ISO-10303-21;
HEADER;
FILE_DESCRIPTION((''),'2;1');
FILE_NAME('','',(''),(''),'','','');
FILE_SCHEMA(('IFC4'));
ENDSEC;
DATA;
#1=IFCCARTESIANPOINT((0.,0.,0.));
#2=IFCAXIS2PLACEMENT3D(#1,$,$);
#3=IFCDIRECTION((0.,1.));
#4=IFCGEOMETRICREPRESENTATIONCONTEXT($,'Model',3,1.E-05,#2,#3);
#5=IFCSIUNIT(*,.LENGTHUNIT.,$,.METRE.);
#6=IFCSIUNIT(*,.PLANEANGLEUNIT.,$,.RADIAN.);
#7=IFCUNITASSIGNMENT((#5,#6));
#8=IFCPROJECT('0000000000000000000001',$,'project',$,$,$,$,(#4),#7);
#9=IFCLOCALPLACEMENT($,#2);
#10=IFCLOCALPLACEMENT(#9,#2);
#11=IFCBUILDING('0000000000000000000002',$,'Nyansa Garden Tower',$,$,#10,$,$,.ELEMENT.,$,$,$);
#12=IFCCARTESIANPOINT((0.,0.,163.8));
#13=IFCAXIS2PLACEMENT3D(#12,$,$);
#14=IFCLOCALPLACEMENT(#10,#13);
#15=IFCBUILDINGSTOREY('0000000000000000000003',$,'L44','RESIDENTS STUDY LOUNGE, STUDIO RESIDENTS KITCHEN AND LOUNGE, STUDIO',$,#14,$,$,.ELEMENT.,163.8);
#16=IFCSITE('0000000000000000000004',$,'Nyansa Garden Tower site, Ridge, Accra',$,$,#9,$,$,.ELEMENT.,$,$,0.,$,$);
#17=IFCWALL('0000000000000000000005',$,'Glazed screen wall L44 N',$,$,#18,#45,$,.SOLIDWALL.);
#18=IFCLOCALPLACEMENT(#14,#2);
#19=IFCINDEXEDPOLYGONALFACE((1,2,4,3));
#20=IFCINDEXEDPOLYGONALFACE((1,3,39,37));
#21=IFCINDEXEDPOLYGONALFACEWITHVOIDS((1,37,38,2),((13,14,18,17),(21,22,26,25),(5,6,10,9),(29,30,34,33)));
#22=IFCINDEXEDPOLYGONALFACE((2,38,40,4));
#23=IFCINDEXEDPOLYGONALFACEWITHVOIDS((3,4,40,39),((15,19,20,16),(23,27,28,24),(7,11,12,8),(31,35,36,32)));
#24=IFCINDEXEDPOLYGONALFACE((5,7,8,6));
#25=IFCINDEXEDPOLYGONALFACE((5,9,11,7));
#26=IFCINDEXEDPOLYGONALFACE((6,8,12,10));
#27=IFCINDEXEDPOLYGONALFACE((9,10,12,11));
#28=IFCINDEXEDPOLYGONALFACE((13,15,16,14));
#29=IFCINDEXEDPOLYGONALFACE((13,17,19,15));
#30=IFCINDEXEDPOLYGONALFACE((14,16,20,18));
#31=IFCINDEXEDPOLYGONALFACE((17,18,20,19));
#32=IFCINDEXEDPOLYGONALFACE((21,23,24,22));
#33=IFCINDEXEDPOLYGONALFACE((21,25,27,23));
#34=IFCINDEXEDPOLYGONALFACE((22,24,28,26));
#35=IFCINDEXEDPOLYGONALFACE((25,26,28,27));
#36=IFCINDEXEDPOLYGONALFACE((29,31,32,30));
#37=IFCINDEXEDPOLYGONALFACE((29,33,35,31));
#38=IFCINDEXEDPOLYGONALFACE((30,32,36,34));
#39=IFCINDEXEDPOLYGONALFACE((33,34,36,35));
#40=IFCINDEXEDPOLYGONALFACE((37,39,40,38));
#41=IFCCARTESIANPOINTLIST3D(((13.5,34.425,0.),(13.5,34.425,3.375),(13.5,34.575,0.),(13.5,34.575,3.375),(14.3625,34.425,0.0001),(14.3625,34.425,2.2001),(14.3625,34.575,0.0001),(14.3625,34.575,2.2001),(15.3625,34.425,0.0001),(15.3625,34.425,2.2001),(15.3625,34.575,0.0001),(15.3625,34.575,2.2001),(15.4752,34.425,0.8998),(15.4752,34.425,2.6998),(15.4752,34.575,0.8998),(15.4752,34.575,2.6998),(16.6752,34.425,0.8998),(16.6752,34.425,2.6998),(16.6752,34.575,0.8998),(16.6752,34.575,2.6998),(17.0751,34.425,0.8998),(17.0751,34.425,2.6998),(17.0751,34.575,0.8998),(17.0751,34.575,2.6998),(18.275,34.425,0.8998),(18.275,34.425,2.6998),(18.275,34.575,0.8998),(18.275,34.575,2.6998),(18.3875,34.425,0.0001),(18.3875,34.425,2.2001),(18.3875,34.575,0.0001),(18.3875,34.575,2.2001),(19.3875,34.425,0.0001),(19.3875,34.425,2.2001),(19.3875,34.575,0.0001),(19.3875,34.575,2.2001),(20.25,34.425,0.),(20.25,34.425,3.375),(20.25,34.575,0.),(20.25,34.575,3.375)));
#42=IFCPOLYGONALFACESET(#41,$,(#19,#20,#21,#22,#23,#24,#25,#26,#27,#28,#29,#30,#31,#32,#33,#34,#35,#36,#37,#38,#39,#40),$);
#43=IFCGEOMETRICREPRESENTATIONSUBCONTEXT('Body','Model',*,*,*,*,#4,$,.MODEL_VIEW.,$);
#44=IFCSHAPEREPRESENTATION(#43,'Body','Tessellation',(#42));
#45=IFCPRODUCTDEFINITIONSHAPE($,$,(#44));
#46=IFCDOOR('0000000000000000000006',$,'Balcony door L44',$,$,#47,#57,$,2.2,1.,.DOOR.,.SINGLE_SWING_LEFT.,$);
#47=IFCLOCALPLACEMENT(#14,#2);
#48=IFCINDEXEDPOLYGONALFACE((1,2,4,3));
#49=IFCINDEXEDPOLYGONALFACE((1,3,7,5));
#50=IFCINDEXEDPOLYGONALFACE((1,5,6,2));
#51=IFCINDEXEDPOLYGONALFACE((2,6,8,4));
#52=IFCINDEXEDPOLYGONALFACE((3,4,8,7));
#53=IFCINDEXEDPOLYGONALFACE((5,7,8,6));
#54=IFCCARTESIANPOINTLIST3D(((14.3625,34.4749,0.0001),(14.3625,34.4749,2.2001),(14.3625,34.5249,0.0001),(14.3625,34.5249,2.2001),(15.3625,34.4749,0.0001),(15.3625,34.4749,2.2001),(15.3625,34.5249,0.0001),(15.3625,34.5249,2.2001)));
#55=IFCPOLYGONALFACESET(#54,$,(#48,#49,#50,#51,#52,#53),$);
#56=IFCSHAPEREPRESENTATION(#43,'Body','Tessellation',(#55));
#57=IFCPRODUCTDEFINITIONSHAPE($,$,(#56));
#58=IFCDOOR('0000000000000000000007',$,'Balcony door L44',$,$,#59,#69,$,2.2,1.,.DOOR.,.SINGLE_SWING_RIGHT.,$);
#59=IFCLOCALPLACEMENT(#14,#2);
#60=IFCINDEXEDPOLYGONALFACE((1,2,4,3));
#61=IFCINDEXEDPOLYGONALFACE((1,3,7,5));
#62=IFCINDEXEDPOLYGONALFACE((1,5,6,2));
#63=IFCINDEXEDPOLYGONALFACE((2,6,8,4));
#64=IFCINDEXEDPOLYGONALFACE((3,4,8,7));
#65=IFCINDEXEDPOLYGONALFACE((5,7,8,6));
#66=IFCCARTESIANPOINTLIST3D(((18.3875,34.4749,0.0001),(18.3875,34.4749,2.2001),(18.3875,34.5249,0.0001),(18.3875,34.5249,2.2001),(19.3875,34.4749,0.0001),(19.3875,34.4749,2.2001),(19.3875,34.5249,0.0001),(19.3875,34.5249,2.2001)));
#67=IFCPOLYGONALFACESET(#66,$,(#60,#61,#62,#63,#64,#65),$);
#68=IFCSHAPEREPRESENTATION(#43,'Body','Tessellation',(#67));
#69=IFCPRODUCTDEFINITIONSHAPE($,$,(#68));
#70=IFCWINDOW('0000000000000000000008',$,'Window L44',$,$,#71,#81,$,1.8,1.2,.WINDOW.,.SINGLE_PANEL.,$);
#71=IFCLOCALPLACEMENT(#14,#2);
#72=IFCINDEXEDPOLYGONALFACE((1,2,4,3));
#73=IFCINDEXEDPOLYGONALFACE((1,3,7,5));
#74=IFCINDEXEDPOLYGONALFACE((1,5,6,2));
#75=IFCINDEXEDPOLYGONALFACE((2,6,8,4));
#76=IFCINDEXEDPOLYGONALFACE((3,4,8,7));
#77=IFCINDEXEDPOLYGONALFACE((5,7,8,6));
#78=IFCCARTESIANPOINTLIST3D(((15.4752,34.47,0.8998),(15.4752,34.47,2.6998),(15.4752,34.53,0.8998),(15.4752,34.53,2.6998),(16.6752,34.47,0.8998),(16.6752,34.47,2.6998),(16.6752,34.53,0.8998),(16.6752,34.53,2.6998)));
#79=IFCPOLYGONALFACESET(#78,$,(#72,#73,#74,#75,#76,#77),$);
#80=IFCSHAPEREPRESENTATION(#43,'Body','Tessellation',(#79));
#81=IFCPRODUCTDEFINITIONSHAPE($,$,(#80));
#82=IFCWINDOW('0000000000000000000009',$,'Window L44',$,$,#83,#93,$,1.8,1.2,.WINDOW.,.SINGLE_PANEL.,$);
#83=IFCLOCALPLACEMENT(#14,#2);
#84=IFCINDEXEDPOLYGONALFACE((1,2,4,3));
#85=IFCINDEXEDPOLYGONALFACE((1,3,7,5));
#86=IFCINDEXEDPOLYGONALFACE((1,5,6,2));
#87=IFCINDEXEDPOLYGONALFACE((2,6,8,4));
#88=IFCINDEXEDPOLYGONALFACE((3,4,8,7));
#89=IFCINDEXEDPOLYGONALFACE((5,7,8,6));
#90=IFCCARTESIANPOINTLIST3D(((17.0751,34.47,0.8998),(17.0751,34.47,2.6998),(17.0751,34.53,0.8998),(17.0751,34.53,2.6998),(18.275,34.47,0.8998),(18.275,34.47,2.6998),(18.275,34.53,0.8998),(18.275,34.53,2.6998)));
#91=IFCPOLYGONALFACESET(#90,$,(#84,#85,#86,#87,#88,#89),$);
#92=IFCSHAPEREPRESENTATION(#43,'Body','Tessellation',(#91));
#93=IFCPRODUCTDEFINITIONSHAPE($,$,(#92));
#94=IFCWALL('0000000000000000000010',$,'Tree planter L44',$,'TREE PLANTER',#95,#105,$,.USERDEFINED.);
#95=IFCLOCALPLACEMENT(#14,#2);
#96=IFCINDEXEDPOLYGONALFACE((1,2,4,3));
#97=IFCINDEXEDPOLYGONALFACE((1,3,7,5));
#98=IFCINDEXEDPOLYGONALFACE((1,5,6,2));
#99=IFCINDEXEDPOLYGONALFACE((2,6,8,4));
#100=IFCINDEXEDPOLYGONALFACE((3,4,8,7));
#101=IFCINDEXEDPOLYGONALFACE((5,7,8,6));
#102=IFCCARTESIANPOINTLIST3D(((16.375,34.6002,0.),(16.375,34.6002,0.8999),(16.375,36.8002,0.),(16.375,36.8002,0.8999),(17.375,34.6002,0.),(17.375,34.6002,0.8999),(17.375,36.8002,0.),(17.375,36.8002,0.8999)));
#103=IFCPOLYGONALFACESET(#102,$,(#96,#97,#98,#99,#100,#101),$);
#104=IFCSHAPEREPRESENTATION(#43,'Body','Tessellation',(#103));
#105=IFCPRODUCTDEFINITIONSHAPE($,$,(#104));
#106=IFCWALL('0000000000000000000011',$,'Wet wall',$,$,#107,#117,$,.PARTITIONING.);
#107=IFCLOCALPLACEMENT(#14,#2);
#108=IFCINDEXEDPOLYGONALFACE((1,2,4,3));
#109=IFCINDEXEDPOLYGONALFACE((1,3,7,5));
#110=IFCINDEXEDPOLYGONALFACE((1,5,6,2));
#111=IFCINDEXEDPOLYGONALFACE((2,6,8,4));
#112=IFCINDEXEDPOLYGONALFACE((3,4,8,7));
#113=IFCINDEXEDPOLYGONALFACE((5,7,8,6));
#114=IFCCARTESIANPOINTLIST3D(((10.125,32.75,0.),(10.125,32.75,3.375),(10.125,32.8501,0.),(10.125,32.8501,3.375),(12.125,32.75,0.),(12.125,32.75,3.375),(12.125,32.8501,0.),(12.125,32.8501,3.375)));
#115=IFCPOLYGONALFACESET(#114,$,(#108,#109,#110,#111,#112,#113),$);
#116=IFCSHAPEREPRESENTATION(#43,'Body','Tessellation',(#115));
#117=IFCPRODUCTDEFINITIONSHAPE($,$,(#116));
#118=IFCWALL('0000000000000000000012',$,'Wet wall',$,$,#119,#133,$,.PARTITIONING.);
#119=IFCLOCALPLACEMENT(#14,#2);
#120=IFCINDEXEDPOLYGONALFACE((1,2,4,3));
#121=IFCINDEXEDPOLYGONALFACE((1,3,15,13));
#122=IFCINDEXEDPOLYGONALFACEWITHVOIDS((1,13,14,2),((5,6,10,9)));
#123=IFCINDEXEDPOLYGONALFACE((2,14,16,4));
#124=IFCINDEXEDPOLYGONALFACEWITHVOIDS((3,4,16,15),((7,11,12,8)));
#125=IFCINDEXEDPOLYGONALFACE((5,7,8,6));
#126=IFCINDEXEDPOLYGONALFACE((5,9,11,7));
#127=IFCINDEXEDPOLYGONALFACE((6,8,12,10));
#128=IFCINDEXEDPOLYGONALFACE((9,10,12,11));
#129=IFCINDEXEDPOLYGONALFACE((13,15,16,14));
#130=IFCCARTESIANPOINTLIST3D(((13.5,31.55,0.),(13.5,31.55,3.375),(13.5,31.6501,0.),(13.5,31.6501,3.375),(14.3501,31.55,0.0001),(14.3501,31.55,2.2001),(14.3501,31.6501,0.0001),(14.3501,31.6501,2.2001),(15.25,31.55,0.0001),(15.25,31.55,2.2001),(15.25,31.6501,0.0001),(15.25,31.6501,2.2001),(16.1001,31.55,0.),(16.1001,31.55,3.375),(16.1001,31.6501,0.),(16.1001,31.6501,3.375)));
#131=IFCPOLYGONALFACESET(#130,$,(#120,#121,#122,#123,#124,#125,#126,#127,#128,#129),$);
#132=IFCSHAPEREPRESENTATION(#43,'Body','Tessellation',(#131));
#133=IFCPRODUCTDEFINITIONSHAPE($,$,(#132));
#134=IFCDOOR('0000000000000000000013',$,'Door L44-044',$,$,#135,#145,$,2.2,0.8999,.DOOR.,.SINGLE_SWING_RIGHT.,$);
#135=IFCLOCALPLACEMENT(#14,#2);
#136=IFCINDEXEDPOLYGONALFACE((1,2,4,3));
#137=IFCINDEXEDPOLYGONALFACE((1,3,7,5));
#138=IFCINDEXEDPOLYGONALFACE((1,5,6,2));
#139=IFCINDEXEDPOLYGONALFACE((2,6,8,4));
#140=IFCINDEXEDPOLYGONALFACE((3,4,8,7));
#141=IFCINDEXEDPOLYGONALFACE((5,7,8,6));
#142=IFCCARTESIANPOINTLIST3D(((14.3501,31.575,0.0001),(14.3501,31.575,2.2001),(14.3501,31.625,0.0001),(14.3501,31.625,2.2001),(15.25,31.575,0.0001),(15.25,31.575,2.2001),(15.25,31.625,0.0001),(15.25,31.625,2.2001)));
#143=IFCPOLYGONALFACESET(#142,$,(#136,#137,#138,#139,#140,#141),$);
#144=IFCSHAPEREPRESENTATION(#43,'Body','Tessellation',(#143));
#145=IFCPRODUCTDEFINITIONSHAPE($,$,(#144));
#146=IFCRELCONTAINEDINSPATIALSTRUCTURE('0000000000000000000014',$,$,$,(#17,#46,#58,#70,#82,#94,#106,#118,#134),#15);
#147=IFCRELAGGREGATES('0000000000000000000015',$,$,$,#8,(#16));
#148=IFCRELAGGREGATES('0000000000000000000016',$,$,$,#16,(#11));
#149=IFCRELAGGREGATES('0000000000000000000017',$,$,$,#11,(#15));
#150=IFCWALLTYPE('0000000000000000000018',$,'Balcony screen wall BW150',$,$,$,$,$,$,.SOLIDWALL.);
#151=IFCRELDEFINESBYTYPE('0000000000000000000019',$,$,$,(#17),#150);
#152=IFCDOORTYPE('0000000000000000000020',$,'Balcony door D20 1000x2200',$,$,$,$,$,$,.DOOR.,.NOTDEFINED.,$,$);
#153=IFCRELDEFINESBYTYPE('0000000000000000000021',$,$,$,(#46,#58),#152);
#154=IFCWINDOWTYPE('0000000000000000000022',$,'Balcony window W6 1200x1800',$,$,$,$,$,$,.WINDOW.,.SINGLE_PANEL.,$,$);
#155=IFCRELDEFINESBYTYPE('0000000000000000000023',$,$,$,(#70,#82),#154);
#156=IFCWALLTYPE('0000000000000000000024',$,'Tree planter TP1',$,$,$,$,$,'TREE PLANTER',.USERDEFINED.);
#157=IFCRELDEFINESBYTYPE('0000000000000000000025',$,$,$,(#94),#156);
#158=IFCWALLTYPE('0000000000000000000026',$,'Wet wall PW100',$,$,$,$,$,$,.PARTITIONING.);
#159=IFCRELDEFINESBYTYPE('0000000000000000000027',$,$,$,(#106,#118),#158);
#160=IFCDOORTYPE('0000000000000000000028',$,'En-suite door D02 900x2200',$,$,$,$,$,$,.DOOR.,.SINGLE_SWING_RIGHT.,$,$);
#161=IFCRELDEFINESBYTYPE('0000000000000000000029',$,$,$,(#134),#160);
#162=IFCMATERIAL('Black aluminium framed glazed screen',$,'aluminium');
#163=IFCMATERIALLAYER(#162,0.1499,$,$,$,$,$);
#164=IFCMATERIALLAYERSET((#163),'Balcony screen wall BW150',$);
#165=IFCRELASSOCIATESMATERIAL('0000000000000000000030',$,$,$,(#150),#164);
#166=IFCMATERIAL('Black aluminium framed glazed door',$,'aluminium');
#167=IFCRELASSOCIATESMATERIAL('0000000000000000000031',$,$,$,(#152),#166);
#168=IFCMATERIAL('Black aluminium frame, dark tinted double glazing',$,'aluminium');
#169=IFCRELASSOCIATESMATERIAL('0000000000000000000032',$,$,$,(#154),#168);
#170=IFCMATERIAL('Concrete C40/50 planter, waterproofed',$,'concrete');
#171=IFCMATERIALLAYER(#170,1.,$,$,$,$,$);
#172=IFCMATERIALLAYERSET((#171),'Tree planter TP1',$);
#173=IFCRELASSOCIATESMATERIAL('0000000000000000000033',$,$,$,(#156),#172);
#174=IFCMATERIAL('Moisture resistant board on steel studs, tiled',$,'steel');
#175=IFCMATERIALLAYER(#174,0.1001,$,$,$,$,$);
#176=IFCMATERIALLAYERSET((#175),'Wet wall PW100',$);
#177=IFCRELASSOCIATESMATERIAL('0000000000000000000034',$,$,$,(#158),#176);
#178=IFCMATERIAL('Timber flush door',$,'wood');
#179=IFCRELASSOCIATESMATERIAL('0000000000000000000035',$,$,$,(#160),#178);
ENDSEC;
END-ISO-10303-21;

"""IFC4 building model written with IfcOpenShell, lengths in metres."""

from ifc_helpers import new_model, si_unit, direction, frame, frame_2d, origin, place, context, subcontext, project, spatial, rectangle, extrude, material, layer, layer_set, type_object, element, fill, save


model = new_model("IFC4")

# Units and contexts
model_context = context("Model", 3, precision=1e-05, world=origin(), true_north=direction((0.0, 1.0)))
body_context = subcontext(model_context, "Body", "Model", "MODEL_VIEW")
ifc_project = project(units=[si_unit("LENGTHUNIT", "METRE"), si_unit("PLANEANGLEUNIT", "RADIAN")], contexts=[model_context])

# Site, building, storey
site_placement = place(None, origin())
site = spatial("IfcSite", under=ifc_project, at=site_placement, Name="Nyansa Garden Tower site, Ridge, Accra", CompositionType="ELEMENT", RefElevation=0.0)
building_placement = place(site_placement, origin())
building = spatial("IfcBuilding", under=site, at=building_placement, Name="Nyansa Garden Tower", CompositionType="ELEMENT")
storey_placement = place(building_placement, frame((0.0, 0.0, 163.8)))
storey = spatial("IfcBuildingStorey", under=building, at=storey_placement, Name="L44", Description="RESIDENTS STUDY LOUNGE, STUDIO RESIDENTS KITCHEN AND LOUNGE, STUDIO", CompositionType="ELEMENT", Elevation=163.8)

# Wall, openings, doors, windows
ifc_material_1 = material(Name="Black aluminium framed glazed screen", Category="aluminium")
ifc_layer_1 = layer(ifc_material_1, 0.1499)
ifc_layer_set_1 = layer_set([ifc_layer_1], Name="Balcony screen wall BW150")
wall_type_1 = type_object("IfcWallType", Name="Balcony screen wall BW150", PredefinedType="SOLIDWALL", material=ifc_layer_set_1)
wall_1_placement = place(storey_placement, frame((13.5, 34.5, 0.0), z_axis=(0.0, 0.0, 1.0), x_axis=(1.0, 0.0, 0.0)))
wall_1 = element("IfcWall", 1, at=wall_1_placement, inside=storey, type_object=wall_type_1, Name="Glazed screen wall L44 N", PredefinedType="SOLIDWALL", context=body_context, shape_type="SweptSolid", body=[
    extrude(rectangle(XDim=6.75, YDim=0.1499, at=frame_2d((3.375, 0.0))), origin(), (0.0, 0.0, 1.0), 3.375),
])
opening_1_placement = place(wall_1_placement, frame((0.8625, 0.0, 0.0)))
opening_1 = element("IfcOpeningElement", 2, at=opening_1_placement, cuts=wall_1, PredefinedType="OPENING", context=body_context, shape_type="SweptSolid", body=[
    extrude(rectangle(XDim=1.0, YDim=2.2, at=frame_2d((0.5, 1.1001))), frame((0.0, 0.085, 0.0), z_axis=(0.0, -1.0, 0.0), x_axis=(1.0, 0.0, 0.0)), (0.0, 0.0, 1.0), 0.1699),
])
opening_2_placement = place(wall_1_placement, frame((1.9751, 0.0, 0.8999)))
opening_2 = element("IfcOpeningElement", 3, at=opening_2_placement, cuts=wall_1, PredefinedType="OPENING", context=body_context, shape_type="SweptSolid", body=[
    extrude(rectangle(XDim=1.2, YDim=1.8, at=frame_2d((0.6001, 0.8999))), frame((0.0, 0.085, 0.0), z_axis=(0.0, -1.0, 0.0), x_axis=(1.0, 0.0, 0.0)), (0.0, 0.0, 1.0), 0.1699),
])
opening_3_placement = place(wall_1_placement, frame((4.8875, 0.0, 0.0)))
opening_3 = element("IfcOpeningElement", 4, at=opening_3_placement, cuts=wall_1, PredefinedType="OPENING", context=body_context, shape_type="SweptSolid", body=[
    extrude(rectangle(XDim=1.0, YDim=2.2, at=frame_2d((0.5, 1.1001))), frame((0.0, 0.085, 0.0), z_axis=(0.0, -1.0, 0.0), x_axis=(1.0, 0.0, 0.0)), (0.0, 0.0, 1.0), 0.1699),
])
opening_4_placement = place(wall_1_placement, frame((3.575, 0.0, 0.8999)))
opening_4 = element("IfcOpeningElement", 5, at=opening_4_placement, cuts=wall_1, PredefinedType="OPENING", context=body_context, shape_type="SweptSolid", body=[
    extrude(rectangle(XDim=1.2, YDim=1.8, at=frame_2d((0.6001, 0.8999))), frame((0.0, 0.085, 0.0), z_axis=(0.0, -1.0, 0.0), x_axis=(1.0, 0.0, 0.0)), (0.0, 0.0, 1.0), 0.1699),
])
ifc_material_2 = material(Name="Black aluminium framed glazed door", Category="aluminium")
door_type_1 = type_object("IfcDoorType", Name="Balcony door D20 1000x2200", OperationType="NOTDEFINED", PredefinedType="DOOR", material=ifc_material_2)
door_1_placement = place(opening_1_placement, origin())
door_1 = element("IfcDoor", 6, at=door_1_placement, inside=storey, type_object=door_type_1, Name="Balcony door L44", OperationType="SINGLE_SWING_LEFT", OverallHeight=2.2, OverallWidth=1.0, PredefinedType="DOOR", context=body_context, shape_type="SweptSolid", body=[
    extrude(rectangle(XDim=1.0, YDim=2.2, at=frame_2d((0.5, 1.1001))), frame((0.0, 0.0249, 0.0), z_axis=(0.0, -1.0, 0.0), x_axis=(1.0, 0.0, 0.0)), (0.0, 0.0, 1.0), 0.05),
])
fill(opening_1, door_1)
door_2_placement = place(opening_3_placement, origin())
door_2 = element("IfcDoor", 7, at=door_2_placement, inside=storey, type_object=door_type_1, Name="Balcony door L44", OperationType="SINGLE_SWING_RIGHT", OverallHeight=2.2, OverallWidth=1.0, PredefinedType="DOOR", context=body_context, shape_type="SweptSolid", body=[
    extrude(rectangle(XDim=1.0, YDim=2.2, at=frame_2d((0.5, 1.1001))), frame((0.0, 0.0249, 0.0), z_axis=(0.0, -1.0, 0.0), x_axis=(1.0, 0.0, 0.0)), (0.0, 0.0, 1.0), 0.05),
])
fill(opening_3, door_2)
ifc_material_3 = material(Name="Black aluminium frame, dark tinted double glazing", Category="aluminium")
window_type = type_object("IfcWindowType", Name="Balcony window W6 1200x1800", PartitioningType="SINGLE_PANEL", PredefinedType="WINDOW", material=ifc_material_3)
window_1_placement = place(opening_2_placement, origin())
window_1 = element("IfcWindow", 8, at=window_1_placement, inside=storey, type_object=window_type, Name="Window L44", OverallHeight=1.8, OverallWidth=1.2, PartitioningType="SINGLE_PANEL", PredefinedType="WINDOW", context=body_context, shape_type="SweptSolid", body=[
    extrude(rectangle(XDim=1.2, YDim=1.8, at=frame_2d((0.6001, 0.8999))), frame((0.0, 0.03, 0.0), z_axis=(0.0, -1.0, 0.0), x_axis=(1.0, 0.0, 0.0)), (0.0, 0.0, 1.0), 0.0601),
])
fill(opening_2, window_1)
window_2_placement = place(opening_4_placement, origin())
window_2 = element("IfcWindow", 9, at=window_2_placement, inside=storey, type_object=window_type, Name="Window L44", OverallHeight=1.8, OverallWidth=1.2, PartitioningType="SINGLE_PANEL", PredefinedType="WINDOW", context=body_context, shape_type="SweptSolid", body=[
    extrude(rectangle(XDim=1.2, YDim=1.8, at=frame_2d((0.6001, 0.8999))), frame((0.0, 0.03, 0.0), z_axis=(0.0, -1.0, 0.0), x_axis=(1.0, 0.0, 0.0)), (0.0, 0.0, 1.0), 0.0601),
])
fill(opening_4, window_2)

# Walls
ifc_material_4 = material(Name="Concrete C40/50 planter, waterproofed", Category="concrete")
ifc_layer_2 = layer(ifc_material_4, 1.0)
ifc_layer_set_2 = layer_set([ifc_layer_2], Name="Tree planter TP1")
wall_type_2 = type_object("IfcWallType", Name="Tree planter TP1", ElementType="TREE PLANTER", PredefinedType="USERDEFINED", material=ifc_layer_set_2)
wall_2_placement = place(storey_placement, frame((16.875, 34.6001, 0.0), z_axis=(0.0, 0.0, 1.0), x_axis=(0.0, 1.0, 0.0)))
element("IfcWall", 10, at=wall_2_placement, inside=storey, type_object=wall_type_2, Name="Tree planter L44", ObjectType="TREE PLANTER", PredefinedType="USERDEFINED", context=body_context, shape_type="SweptSolid", body=[
    extrude(rectangle(XDim=2.2, YDim=1.0, at=frame_2d((1.1001, 0.0))), origin(), (0.0, 0.0, 1.0), 0.8999),
])
ifc_material_5 = material(Name="Moisture resistant board on steel studs, tiled", Category="steel")
ifc_layer_3 = layer(ifc_material_5, 0.1001)
ifc_layer_set_3 = layer_set([ifc_layer_3], Name="Wet wall PW100")
wall_type_3 = type_object("IfcWallType", Name="Wet wall PW100", PredefinedType="PARTITIONING", material=ifc_layer_set_3)
wall_3_placement = place(storey_placement, frame((10.125, 32.8, 0.0), z_axis=(0.0, 0.0, 1.0), x_axis=(1.0, 0.0, 0.0)))
element("IfcWall", 11, at=wall_3_placement, inside=storey, type_object=wall_type_3, Name="Wet wall", PredefinedType="PARTITIONING", context=body_context, shape_type="SweptSolid", body=[
    extrude(rectangle(XDim=2.0, YDim=0.1001, at=frame_2d((1.0, 0.0))), origin(), (0.0, 0.0, 1.0), 3.375),
])

# Wall, opening, door
wall_4_placement = place(storey_placement, frame((13.5, 31.6001, 0.0), z_axis=(0.0, 0.0, 1.0), x_axis=(1.0, 0.0, 0.0)))
wall_4 = element("IfcWall", 12, at=wall_4_placement, inside=storey, type_object=wall_type_3, Name="Wet wall", PredefinedType="PARTITIONING", context=body_context, shape_type="SweptSolid", body=[
    extrude(rectangle(XDim=2.6001, YDim=0.1001, at=frame_2d((1.3, 0.0))), origin(), (0.0, 0.0, 1.0), 3.375),
])
opening_5_placement = place(wall_4_placement, frame((0.8501, 0.0, 0.0)))
opening_5 = element("IfcOpeningElement", 13, at=opening_5_placement, cuts=wall_4, PredefinedType="OPENING", context=body_context, shape_type="SweptSolid", body=[
    extrude(rectangle(XDim=0.8999, YDim=2.2, at=frame_2d((0.45, 1.1001))), frame((0.0, 0.0601, 0.0), z_axis=(0.0, -1.0, 0.0), x_axis=(1.0, 0.0, 0.0)), (0.0, 0.0, 1.0), 0.1201),
])
ifc_material_6 = material(Name="Timber flush door", Category="wood")
door_type_2 = type_object("IfcDoorType", Name="En-suite door D02 900x2200", OperationType="SINGLE_SWING_RIGHT", PredefinedType="DOOR", material=ifc_material_6)
door_3_placement = place(opening_5_placement, origin())
door_3 = element("IfcDoor", 14, at=door_3_placement, inside=storey, type_object=door_type_2, Name="Door L44-044", OperationType="SINGLE_SWING_RIGHT", OverallHeight=2.2, OverallWidth=0.8999, PredefinedType="DOOR", context=body_context, shape_type="SweptSolid", body=[
    extrude(rectangle(XDim=0.8999, YDim=2.2, at=frame_2d((0.45, 1.1001))), frame((0.0, 0.0249, 0.0), z_axis=(0.0, -1.0, 0.0), x_axis=(1.0, 0.0, 0.0)), (0.0, 0.0, 1.0), 0.05),
])
fill(opening_5, door_3)

save(model, "model.ifc")
